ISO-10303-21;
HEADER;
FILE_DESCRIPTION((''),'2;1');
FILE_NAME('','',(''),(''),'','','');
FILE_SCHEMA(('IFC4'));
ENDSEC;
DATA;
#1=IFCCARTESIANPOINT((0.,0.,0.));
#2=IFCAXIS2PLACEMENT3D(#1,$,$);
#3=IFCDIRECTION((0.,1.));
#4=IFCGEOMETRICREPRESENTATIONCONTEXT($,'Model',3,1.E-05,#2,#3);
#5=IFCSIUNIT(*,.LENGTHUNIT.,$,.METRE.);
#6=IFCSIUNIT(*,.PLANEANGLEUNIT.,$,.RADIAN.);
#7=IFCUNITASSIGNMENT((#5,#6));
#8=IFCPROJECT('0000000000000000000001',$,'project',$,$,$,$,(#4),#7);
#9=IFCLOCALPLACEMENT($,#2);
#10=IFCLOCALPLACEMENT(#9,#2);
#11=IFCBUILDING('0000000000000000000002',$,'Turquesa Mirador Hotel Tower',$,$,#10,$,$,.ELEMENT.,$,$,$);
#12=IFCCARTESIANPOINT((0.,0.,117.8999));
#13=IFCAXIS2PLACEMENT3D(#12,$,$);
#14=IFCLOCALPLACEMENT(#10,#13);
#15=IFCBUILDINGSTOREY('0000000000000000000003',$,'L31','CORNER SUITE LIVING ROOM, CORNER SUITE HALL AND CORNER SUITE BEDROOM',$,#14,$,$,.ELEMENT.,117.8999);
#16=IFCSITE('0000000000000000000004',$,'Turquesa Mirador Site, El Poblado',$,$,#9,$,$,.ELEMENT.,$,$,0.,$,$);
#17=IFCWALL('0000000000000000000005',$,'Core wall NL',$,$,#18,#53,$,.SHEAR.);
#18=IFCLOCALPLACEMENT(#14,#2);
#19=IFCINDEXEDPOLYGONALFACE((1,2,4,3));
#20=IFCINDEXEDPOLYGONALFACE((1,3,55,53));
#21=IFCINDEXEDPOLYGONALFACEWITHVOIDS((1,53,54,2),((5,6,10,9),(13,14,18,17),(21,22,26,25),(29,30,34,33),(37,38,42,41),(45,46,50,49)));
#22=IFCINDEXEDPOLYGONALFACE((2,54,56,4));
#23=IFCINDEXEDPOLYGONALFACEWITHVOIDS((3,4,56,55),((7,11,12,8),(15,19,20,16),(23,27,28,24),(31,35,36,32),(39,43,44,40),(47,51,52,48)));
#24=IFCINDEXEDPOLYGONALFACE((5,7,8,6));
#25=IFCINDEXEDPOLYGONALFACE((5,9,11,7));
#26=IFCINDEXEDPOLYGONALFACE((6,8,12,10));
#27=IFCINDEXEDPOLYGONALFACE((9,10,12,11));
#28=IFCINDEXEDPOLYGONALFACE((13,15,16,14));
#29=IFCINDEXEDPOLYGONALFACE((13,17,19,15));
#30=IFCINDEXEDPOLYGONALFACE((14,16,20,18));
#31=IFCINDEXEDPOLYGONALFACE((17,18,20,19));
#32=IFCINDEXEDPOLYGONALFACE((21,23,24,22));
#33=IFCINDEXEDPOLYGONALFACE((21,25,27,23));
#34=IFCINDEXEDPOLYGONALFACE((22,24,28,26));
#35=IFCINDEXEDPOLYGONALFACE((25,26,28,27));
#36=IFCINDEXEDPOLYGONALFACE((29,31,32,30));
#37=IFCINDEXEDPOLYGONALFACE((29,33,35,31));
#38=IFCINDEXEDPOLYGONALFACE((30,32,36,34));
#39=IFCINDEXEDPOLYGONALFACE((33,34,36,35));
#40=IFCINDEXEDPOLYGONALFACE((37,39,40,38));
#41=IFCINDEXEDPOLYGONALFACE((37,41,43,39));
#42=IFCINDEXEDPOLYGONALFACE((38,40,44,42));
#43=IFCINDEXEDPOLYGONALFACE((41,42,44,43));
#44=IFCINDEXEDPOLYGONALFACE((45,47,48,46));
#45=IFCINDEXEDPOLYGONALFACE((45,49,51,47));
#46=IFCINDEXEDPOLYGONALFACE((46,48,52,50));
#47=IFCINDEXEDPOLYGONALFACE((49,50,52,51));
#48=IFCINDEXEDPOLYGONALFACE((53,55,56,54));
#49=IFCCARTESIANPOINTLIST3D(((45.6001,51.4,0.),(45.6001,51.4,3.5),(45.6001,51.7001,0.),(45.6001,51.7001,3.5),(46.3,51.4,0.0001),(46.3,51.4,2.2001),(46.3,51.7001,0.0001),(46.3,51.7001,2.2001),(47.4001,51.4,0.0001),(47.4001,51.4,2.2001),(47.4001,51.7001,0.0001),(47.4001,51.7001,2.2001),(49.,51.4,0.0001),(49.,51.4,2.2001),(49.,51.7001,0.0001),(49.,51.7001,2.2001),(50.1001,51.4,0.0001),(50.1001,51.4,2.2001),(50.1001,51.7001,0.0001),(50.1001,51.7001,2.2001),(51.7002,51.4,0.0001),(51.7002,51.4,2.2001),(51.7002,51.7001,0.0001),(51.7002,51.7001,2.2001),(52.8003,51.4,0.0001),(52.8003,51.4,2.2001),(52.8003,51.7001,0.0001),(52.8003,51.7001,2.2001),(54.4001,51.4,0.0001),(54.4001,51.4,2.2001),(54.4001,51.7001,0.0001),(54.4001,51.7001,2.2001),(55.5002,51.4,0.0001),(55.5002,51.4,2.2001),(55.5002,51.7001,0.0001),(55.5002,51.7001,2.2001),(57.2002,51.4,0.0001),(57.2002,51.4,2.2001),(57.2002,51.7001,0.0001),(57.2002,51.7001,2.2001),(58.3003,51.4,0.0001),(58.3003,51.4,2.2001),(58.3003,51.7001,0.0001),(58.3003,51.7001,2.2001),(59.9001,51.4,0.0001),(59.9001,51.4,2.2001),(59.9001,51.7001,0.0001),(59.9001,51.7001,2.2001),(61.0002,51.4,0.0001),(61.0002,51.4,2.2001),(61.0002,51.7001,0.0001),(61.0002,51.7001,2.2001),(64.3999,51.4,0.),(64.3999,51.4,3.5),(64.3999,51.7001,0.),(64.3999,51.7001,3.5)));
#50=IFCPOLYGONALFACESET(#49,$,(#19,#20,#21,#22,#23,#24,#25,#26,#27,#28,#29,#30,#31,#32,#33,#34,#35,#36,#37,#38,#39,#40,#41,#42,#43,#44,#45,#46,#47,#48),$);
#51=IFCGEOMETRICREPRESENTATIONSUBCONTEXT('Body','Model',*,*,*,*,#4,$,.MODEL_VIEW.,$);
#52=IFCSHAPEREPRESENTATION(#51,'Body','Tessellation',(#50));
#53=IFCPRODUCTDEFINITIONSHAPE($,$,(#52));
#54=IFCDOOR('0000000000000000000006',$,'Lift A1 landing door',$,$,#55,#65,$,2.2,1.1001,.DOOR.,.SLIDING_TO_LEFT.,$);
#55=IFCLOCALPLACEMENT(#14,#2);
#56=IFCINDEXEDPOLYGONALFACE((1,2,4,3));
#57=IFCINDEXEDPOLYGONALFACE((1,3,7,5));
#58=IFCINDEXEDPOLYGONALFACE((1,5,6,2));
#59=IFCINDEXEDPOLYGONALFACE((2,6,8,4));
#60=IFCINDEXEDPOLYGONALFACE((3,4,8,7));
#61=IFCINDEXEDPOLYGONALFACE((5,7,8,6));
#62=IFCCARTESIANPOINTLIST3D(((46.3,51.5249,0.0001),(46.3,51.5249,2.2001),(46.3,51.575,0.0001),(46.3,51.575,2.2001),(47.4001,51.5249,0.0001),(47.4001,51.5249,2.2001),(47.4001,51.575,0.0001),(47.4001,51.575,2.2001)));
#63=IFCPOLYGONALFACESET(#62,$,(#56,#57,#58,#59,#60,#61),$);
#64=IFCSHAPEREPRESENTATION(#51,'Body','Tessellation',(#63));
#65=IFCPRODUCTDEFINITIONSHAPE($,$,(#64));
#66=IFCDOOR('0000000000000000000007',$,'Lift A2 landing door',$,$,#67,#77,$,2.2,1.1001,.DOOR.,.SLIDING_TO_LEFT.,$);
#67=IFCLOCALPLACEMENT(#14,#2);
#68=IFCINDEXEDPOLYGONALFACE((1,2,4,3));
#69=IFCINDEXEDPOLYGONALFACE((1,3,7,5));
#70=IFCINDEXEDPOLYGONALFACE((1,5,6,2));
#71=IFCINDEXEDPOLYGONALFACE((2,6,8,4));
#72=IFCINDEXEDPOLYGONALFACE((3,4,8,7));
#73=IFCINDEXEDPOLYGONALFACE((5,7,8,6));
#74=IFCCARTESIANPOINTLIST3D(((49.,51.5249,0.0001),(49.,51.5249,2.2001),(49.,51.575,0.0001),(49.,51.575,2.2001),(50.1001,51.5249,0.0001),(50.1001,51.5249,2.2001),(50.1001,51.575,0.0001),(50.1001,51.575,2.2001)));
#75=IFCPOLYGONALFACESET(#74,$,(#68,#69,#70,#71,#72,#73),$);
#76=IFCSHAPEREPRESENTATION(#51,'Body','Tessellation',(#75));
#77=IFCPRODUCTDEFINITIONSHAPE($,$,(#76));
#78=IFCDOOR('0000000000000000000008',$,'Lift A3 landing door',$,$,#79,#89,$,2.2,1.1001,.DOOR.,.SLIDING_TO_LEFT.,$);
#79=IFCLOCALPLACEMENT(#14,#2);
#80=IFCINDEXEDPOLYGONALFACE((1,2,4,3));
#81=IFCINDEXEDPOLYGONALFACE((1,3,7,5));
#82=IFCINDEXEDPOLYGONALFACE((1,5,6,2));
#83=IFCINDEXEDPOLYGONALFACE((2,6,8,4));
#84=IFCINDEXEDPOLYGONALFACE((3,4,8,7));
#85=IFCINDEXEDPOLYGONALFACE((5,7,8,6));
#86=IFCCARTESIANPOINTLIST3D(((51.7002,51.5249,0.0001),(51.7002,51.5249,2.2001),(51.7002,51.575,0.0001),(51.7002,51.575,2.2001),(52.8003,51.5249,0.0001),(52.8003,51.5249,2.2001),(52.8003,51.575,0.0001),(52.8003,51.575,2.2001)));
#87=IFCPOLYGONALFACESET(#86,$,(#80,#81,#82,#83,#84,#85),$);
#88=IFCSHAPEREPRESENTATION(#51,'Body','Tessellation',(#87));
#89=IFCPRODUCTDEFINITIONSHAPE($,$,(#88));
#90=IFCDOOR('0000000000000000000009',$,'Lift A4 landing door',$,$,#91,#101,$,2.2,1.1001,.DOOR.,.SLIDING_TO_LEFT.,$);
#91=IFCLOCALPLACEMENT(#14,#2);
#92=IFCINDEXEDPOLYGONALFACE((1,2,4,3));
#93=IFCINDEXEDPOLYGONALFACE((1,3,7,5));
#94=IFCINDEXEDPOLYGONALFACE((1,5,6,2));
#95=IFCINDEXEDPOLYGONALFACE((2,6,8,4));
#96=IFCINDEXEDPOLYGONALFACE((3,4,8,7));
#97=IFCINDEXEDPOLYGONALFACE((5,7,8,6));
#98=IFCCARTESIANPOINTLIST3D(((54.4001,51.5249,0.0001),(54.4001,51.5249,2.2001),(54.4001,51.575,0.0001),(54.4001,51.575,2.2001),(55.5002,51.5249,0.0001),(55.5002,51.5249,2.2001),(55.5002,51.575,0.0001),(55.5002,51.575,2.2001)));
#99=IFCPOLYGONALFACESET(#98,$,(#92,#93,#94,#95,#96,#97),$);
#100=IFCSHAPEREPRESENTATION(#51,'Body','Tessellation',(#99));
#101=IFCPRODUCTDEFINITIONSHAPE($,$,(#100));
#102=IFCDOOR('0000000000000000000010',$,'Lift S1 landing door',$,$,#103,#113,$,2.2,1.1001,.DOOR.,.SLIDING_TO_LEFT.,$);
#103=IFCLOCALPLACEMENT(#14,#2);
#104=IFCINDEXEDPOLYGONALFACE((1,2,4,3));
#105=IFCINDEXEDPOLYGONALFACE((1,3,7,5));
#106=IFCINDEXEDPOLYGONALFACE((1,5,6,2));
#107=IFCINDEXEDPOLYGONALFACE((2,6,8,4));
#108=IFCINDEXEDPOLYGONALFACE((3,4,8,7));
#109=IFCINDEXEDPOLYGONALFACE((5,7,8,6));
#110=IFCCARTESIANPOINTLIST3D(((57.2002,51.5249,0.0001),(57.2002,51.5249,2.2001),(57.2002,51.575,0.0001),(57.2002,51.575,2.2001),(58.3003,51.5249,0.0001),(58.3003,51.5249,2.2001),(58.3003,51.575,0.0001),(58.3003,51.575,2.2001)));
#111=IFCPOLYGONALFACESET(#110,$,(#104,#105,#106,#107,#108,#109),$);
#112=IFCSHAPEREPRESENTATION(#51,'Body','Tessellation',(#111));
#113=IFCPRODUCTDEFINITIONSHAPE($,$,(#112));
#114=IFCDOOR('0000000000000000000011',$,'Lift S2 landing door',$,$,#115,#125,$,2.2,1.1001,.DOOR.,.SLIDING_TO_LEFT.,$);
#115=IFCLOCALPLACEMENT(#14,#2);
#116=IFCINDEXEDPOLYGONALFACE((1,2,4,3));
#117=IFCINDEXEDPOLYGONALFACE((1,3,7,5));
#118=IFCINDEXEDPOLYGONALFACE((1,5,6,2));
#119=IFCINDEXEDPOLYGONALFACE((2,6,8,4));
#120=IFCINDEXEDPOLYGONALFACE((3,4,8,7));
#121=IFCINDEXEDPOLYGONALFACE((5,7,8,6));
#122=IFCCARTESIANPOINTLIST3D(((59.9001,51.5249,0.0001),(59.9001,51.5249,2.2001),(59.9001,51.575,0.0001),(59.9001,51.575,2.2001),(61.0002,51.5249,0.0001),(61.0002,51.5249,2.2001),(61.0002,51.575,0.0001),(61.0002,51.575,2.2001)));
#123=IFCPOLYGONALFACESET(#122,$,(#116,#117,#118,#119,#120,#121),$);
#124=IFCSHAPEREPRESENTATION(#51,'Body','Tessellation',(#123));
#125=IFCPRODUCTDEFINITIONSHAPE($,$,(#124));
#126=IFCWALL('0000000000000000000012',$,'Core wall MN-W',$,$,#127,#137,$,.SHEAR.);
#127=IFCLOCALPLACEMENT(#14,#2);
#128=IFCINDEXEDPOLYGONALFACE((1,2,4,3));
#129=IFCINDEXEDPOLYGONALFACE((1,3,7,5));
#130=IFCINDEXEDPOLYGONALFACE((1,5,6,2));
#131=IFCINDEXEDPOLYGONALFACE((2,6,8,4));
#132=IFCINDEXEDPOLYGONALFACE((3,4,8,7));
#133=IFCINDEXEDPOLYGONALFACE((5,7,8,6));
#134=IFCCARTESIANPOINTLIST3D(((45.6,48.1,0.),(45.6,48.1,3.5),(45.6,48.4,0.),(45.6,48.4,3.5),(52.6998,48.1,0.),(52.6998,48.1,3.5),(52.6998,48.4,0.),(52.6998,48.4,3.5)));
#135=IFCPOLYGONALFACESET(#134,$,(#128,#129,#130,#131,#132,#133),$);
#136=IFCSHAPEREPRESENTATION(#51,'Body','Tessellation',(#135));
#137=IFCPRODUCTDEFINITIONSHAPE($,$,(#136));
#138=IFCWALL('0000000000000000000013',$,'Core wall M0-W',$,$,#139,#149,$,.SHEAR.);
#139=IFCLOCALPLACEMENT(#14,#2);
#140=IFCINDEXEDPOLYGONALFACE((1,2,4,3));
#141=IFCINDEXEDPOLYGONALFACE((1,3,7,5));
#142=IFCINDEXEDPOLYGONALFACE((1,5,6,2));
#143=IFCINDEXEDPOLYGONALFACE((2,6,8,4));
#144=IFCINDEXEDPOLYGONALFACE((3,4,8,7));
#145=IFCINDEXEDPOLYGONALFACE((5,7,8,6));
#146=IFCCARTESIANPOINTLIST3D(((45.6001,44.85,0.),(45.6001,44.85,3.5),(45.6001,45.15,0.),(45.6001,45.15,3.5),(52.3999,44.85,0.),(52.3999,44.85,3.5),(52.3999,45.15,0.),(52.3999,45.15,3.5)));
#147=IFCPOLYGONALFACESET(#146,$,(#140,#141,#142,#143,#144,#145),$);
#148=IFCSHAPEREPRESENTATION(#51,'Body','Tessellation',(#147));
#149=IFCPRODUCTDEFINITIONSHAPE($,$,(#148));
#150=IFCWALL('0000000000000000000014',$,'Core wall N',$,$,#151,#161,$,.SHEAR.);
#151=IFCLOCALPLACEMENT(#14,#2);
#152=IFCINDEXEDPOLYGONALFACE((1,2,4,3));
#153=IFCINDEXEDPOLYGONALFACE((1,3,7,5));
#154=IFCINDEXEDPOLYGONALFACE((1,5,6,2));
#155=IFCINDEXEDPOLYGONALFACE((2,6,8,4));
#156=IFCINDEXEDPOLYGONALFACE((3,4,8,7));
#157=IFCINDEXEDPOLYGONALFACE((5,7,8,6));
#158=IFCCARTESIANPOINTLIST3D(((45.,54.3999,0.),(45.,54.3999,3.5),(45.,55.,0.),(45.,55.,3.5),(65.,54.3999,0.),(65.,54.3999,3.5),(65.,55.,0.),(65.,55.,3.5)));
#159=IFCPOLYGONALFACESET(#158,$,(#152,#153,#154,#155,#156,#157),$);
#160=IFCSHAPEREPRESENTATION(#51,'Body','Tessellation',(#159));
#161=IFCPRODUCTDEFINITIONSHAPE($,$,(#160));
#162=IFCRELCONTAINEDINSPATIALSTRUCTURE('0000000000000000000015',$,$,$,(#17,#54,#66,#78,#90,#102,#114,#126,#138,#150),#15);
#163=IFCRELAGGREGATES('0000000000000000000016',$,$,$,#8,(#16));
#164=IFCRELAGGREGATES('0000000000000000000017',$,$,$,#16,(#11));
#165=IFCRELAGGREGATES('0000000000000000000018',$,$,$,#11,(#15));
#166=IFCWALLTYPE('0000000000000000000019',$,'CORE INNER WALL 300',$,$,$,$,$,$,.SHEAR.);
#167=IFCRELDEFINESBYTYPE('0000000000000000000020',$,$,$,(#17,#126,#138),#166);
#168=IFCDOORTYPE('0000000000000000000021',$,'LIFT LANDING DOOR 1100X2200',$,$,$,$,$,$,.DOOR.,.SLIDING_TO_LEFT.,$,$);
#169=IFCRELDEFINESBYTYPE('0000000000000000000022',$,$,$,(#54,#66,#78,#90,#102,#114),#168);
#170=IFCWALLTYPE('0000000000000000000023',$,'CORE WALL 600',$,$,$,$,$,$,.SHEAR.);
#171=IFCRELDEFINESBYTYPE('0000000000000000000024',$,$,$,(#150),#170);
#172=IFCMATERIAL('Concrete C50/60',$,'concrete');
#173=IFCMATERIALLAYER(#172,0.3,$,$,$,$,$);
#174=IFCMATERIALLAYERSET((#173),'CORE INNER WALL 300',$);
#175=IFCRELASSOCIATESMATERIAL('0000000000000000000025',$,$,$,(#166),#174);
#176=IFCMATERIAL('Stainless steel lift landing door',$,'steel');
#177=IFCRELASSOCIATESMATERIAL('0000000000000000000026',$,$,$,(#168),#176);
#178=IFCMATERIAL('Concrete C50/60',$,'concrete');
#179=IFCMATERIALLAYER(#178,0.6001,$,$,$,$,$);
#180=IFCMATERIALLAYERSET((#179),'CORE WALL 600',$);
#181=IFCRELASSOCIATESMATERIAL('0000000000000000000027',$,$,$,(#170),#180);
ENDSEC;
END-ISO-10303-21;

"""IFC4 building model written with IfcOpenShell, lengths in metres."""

from ifc_helpers import new_model, si_unit, direction, frame, frame_2d, origin, place, context, subcontext, project, spatial, rectangle, extrude, material, layer, layer_set, type_object, element, fill, save


model = new_model("IFC4")

# Units and contexts
model_context = context("Model", 3, precision=1e-05, world=origin(), true_north=direction((0.0, 1.0)))
body_context = subcontext(model_context, "Body", "Model", "MODEL_VIEW")
ifc_project = project(units=[si_unit("LENGTHUNIT", "METRE"), si_unit("PLANEANGLEUNIT", "RADIAN")], contexts=[model_context])

# Site, building, storey
site_placement = place(None, origin())
site = spatial("IfcSite", under=ifc_project, at=site_placement, Name="Turquesa Mirador Site, El Poblado", CompositionType="ELEMENT", RefElevation=0.0)
building_placement = place(site_placement, origin())
building = spatial("IfcBuilding", under=site, at=building_placement, Name="Turquesa Mirador Hotel Tower", CompositionType="ELEMENT")
storey_placement = place(building_placement, frame((0.0, 0.0, 117.8999)))
storey = spatial("IfcBuildingStorey", under=building, at=storey_placement, Name="L31", Description="CORNER SUITE LIVING ROOM, CORNER SUITE HALL AND CORNER SUITE BEDROOM", CompositionType="ELEMENT", Elevation=117.8999)

# Wall, openings, doors
ifc_material_1 = material(Name="Concrete C50/60", Category="concrete")
ifc_layer_1 = layer(ifc_material_1, 0.3)
ifc_layer_set_1 = layer_set([ifc_layer_1], Name="CORE INNER WALL 300")
wall_type_1 = type_object("IfcWallType", Name="CORE INNER WALL 300", PredefinedType="SHEAR", material=ifc_layer_set_1)
wall_1_placement = place(storey_placement, frame((45.6001, 51.55, 0.0), z_axis=(0.0, 0.0, 1.0), x_axis=(1.0, 0.0, 0.0)))
wall_1 = element("IfcWall", 1, at=wall_1_placement, inside=storey, type_object=wall_type_1, Name="Core wall NL", PredefinedType="SHEAR", context=body_context, shape_type="SweptSolid", body=[
    extrude(rectangle(XDim=18.7998, YDim=0.3, at=frame_2d((9.3999, 0.0))), origin(), (0.0, 0.0, 1.0), 3.5),
])
opening_1_placement = place(wall_1_placement, frame((0.7, 0.0, 0.0)))
opening_1 = element("IfcOpeningElement", 2, at=opening_1_placement, cuts=wall_1, PredefinedType="OPENING", context=body_context, shape_type="SweptSolid", body=[
    extrude(rectangle(XDim=1.1001, YDim=2.2, at=frame_2d((0.55, 1.1001))), frame((0.0, 0.1599, 0.0), z_axis=(0.0, -1.0, 0.0), x_axis=(1.0, 0.0, 0.0)), (0.0, 0.0, 1.0), 0.3201),
])
opening_2_placement = place(wall_1_placement, frame((3.3999, 0.0, 0.0)))
opening_2 = element("IfcOpeningElement", 3, at=opening_2_placement, cuts=wall_1, PredefinedType="OPENING", context=body_context, shape_type="SweptSolid", body=[
    extrude(rectangle(XDim=1.1001, YDim=2.2, at=frame_2d((0.55, 1.1001))), frame((0.0, 0.1599, 0.0), z_axis=(0.0, -1.0, 0.0), x_axis=(1.0, 0.0, 0.0)), (0.0, 0.0, 1.0), 0.3201),
])
opening_3_placement = place(wall_1_placement, frame((6.1001, 0.0, 0.0)))
opening_3 = element("IfcOpeningElement", 4, at=opening_3_placement, cuts=wall_1, PredefinedType="OPENING", context=body_context, shape_type="SweptSolid", body=[
    extrude(rectangle(XDim=1.1001, YDim=2.2, at=frame_2d((0.55, 1.1001))), frame((0.0, 0.1599, 0.0), z_axis=(0.0, -1.0, 0.0), x_axis=(1.0, 0.0, 0.0)), (0.0, 0.0, 1.0), 0.3201),
])
opening_4_placement = place(wall_1_placement, frame((8.8, 0.0, 0.0)))
opening_4 = element("IfcOpeningElement", 5, at=opening_4_placement, cuts=wall_1, PredefinedType="OPENING", context=body_context, shape_type="SweptSolid", body=[
    extrude(rectangle(XDim=1.1001, YDim=2.2, at=frame_2d((0.55, 1.1001))), frame((0.0, 0.1599, 0.0), z_axis=(0.0, -1.0, 0.0), x_axis=(1.0, 0.0, 0.0)), (0.0, 0.0, 1.0), 0.3201),
])
opening_5_placement = place(wall_1_placement, frame((11.6001, 0.0, 0.0)))
opening_5 = element("IfcOpeningElement", 6, at=opening_5_placement, cuts=wall_1, PredefinedType="OPENING", context=body_context, shape_type="SweptSolid", body=[
    extrude(rectangle(XDim=1.1001, YDim=2.2, at=frame_2d((0.55, 1.1001))), frame((0.0, 0.1599, 0.0), z_axis=(0.0, -1.0, 0.0), x_axis=(1.0, 0.0, 0.0)), (0.0, 0.0, 1.0), 0.3201),
])
opening_6_placement = place(wall_1_placement, frame((14.3, 0.0, 0.0)))
opening_6 = element("IfcOpeningElement", 7, at=opening_6_placement, cuts=wall_1, PredefinedType="OPENING", context=body_context, shape_type="SweptSolid", body=[
    extrude(rectangle(XDim=1.1001, YDim=2.2, at=frame_2d((0.55, 1.1001))), frame((0.0, 0.1599, 0.0), z_axis=(0.0, -1.0, 0.0), x_axis=(1.0, 0.0, 0.0)), (0.0, 0.0, 1.0), 0.3201),
])
ifc_material_2 = material(Name="Stainless steel lift landing door", Category="steel")
door_type_1 = type_object("IfcDoorType", Name="LIFT LANDING DOOR 1100X2200", OperationType="SLIDING_TO_LEFT", PredefinedType="DOOR", material=ifc_material_2)
door_1_placement = place(opening_1_placement, origin())
door_1 = element("IfcDoor", 8, at=door_1_placement, inside=storey, type_object=door_type_1, Name="Lift A1 landing door", OperationType="SLIDING_TO_LEFT", OverallHeight=2.2, OverallWidth=1.1001, PredefinedType="DOOR", context=body_context, shape_type="SweptSolid", body=[
    extrude(rectangle(XDim=1.1001, YDim=2.2, at=frame_2d((0.55, 1.1001))), frame((0.0, 0.0249, 0.0), z_axis=(0.0, -1.0, 0.0), x_axis=(1.0, 0.0, 0.0)), (0.0, 0.0, 1.0), 0.05),
])
fill(opening_1, door_1)
door_2_placement = place(opening_2_placement, origin())
door_2 = element("IfcDoor", 9, at=door_2_placement, inside=storey, type_object=door_type_1, Name="Lift A2 landing door", OperationType="SLIDING_TO_LEFT", OverallHeight=2.2, OverallWidth=1.1001, PredefinedType="DOOR", context=body_context, shape_type="SweptSolid", body=[
    extrude(rectangle(XDim=1.1001, YDim=2.2, at=frame_2d((0.55, 1.1001))), frame((0.0, 0.0249, 0.0), z_axis=(0.0, -1.0, 0.0), x_axis=(1.0, 0.0, 0.0)), (0.0, 0.0, 1.0), 0.05),
])
fill(opening_2, door_2)
door_3_placement = place(opening_3_placement, origin())
door_3 = element("IfcDoor", 10, at=door_3_placement, inside=storey, type_object=door_type_1, Name="Lift A3 landing door", OperationType="SLIDING_TO_LEFT", OverallHeight=2.2, OverallWidth=1.1001, PredefinedType="DOOR", context=body_context, shape_type="SweptSolid", body=[
    extrude(rectangle(XDim=1.1001, YDim=2.2, at=frame_2d((0.55, 1.1001))), frame((0.0, 0.0249, 0.0), z_axis=(0.0, -1.0, 0.0), x_axis=(1.0, 0.0, 0.0)), (0.0, 0.0, 1.0), 0.05),
])
fill(opening_3, door_3)
door_4_placement = place(opening_4_placement, origin())
door_4 = element("IfcDoor", 11, at=door_4_placement, inside=storey, type_object=door_type_1, Name="Lift A4 landing door", OperationType="SLIDING_TO_LEFT", OverallHeight=2.2, OverallWidth=1.1001, PredefinedType="DOOR", context=body_context, shape_type="SweptSolid", body=[
    extrude(rectangle(XDim=1.1001, YDim=2.2, at=frame_2d((0.55, 1.1001))), frame((0.0, 0.0249, 0.0), z_axis=(0.0, -1.0, 0.0), x_axis=(1.0, 0.0, 0.0)), (0.0, 0.0, 1.0), 0.05),
])
fill(opening_4, door_4)
door_5_placement = place(opening_5_placement, origin())
door_5 = element("IfcDoor", 12, at=door_5_placement, inside=storey, type_object=door_type_1, Name="Lift S1 landing door", OperationType="SLIDING_TO_LEFT", OverallHeight=2.2, OverallWidth=1.1001, PredefinedType="DOOR", context=body_context, shape_type="SweptSolid", body=[
    extrude(rectangle(XDim=1.1001, YDim=2.2, at=frame_2d((0.55, 1.1001))), frame((0.0, 0.0249, 0.0), z_axis=(0.0, -1.0, 0.0), x_axis=(1.0, 0.0, 0.0)), (0.0, 0.0, 1.0), 0.05),
])
fill(opening_5, door_5)
door_6_placement = place(opening_6_placement, origin())
door_6 = element("IfcDoor", 13, at=door_6_placement, inside=storey, type_object=door_type_1, Name="Lift S2 landing door", OperationType="SLIDING_TO_LEFT", OverallHeight=2.2, OverallWidth=1.1001, PredefinedType="DOOR", context=body_context, shape_type="SweptSolid", body=[
    extrude(rectangle(XDim=1.1001, YDim=2.2, at=frame_2d((0.55, 1.1001))), frame((0.0, 0.0249, 0.0), z_axis=(0.0, -1.0, 0.0), x_axis=(1.0, 0.0, 0.0)), (0.0, 0.0, 1.0), 0.05),
])
fill(opening_6, door_6)

# Walls
wall_2_placement = place(storey_placement, frame((45.6001, 48.25, 0.0), z_axis=(0.0, 0.0, 1.0), x_axis=(1.0, 0.0, 0.0)))
element("IfcWall", 14, at=wall_2_placement, inside=storey, type_object=wall_type_1, Name="Core wall MN-W", PredefinedType="SHEAR", context=body_context, shape_type="SweptSolid", body=[
    extrude(rectangle(XDim=7.0999, YDim=0.3, at=frame_2d((3.5498, 0.0))), origin(), (0.0, 0.0, 1.0), 3.5),
])
wall_3_placement = place(storey_placement, frame((45.6001, 45.0, 0.0), z_axis=(0.0, 0.0, 1.0), x_axis=(1.0, 0.0, 0.0)))
element("IfcWall", 15, at=wall_3_placement, inside=storey, type_object=wall_type_1, Name="Core wall M0-W", PredefinedType="SHEAR", context=body_context, shape_type="SweptSolid", body=[
    extrude(rectangle(XDim=6.7998, YDim=0.3, at=frame_2d((3.3999, 0.0))), origin(), (0.0, 0.0, 1.0), 3.5),
])
ifc_material_3 = material(Name="Concrete C50/60", Category="concrete")
ifc_layer_2 = layer(ifc_material_3, 0.6001)
ifc_layer_set_2 = layer_set([ifc_layer_2], Name="CORE WALL 600")
wall_type_2 = type_object("IfcWallType", Name="CORE WALL 600", PredefinedType="SHEAR", material=ifc_layer_set_2)
wall_4_placement = place(storey_placement, frame((45.0, 54.7, 0.0), z_axis=(0.0, 0.0, 1.0), x_axis=(1.0, 0.0, 0.0)))
element("IfcWall", 16, at=wall_4_placement, inside=storey, type_object=wall_type_2, Name="Core wall N", PredefinedType="SHEAR", context=body_context, shape_type="SweptSolid", body=[
    extrude(rectangle(XDim=20.0, YDim=0.6001, at=frame_2d((10.0, 0.0))), origin(), (0.0, 0.0, 1.0), 3.5),
])

save(model, "model.ifc")
